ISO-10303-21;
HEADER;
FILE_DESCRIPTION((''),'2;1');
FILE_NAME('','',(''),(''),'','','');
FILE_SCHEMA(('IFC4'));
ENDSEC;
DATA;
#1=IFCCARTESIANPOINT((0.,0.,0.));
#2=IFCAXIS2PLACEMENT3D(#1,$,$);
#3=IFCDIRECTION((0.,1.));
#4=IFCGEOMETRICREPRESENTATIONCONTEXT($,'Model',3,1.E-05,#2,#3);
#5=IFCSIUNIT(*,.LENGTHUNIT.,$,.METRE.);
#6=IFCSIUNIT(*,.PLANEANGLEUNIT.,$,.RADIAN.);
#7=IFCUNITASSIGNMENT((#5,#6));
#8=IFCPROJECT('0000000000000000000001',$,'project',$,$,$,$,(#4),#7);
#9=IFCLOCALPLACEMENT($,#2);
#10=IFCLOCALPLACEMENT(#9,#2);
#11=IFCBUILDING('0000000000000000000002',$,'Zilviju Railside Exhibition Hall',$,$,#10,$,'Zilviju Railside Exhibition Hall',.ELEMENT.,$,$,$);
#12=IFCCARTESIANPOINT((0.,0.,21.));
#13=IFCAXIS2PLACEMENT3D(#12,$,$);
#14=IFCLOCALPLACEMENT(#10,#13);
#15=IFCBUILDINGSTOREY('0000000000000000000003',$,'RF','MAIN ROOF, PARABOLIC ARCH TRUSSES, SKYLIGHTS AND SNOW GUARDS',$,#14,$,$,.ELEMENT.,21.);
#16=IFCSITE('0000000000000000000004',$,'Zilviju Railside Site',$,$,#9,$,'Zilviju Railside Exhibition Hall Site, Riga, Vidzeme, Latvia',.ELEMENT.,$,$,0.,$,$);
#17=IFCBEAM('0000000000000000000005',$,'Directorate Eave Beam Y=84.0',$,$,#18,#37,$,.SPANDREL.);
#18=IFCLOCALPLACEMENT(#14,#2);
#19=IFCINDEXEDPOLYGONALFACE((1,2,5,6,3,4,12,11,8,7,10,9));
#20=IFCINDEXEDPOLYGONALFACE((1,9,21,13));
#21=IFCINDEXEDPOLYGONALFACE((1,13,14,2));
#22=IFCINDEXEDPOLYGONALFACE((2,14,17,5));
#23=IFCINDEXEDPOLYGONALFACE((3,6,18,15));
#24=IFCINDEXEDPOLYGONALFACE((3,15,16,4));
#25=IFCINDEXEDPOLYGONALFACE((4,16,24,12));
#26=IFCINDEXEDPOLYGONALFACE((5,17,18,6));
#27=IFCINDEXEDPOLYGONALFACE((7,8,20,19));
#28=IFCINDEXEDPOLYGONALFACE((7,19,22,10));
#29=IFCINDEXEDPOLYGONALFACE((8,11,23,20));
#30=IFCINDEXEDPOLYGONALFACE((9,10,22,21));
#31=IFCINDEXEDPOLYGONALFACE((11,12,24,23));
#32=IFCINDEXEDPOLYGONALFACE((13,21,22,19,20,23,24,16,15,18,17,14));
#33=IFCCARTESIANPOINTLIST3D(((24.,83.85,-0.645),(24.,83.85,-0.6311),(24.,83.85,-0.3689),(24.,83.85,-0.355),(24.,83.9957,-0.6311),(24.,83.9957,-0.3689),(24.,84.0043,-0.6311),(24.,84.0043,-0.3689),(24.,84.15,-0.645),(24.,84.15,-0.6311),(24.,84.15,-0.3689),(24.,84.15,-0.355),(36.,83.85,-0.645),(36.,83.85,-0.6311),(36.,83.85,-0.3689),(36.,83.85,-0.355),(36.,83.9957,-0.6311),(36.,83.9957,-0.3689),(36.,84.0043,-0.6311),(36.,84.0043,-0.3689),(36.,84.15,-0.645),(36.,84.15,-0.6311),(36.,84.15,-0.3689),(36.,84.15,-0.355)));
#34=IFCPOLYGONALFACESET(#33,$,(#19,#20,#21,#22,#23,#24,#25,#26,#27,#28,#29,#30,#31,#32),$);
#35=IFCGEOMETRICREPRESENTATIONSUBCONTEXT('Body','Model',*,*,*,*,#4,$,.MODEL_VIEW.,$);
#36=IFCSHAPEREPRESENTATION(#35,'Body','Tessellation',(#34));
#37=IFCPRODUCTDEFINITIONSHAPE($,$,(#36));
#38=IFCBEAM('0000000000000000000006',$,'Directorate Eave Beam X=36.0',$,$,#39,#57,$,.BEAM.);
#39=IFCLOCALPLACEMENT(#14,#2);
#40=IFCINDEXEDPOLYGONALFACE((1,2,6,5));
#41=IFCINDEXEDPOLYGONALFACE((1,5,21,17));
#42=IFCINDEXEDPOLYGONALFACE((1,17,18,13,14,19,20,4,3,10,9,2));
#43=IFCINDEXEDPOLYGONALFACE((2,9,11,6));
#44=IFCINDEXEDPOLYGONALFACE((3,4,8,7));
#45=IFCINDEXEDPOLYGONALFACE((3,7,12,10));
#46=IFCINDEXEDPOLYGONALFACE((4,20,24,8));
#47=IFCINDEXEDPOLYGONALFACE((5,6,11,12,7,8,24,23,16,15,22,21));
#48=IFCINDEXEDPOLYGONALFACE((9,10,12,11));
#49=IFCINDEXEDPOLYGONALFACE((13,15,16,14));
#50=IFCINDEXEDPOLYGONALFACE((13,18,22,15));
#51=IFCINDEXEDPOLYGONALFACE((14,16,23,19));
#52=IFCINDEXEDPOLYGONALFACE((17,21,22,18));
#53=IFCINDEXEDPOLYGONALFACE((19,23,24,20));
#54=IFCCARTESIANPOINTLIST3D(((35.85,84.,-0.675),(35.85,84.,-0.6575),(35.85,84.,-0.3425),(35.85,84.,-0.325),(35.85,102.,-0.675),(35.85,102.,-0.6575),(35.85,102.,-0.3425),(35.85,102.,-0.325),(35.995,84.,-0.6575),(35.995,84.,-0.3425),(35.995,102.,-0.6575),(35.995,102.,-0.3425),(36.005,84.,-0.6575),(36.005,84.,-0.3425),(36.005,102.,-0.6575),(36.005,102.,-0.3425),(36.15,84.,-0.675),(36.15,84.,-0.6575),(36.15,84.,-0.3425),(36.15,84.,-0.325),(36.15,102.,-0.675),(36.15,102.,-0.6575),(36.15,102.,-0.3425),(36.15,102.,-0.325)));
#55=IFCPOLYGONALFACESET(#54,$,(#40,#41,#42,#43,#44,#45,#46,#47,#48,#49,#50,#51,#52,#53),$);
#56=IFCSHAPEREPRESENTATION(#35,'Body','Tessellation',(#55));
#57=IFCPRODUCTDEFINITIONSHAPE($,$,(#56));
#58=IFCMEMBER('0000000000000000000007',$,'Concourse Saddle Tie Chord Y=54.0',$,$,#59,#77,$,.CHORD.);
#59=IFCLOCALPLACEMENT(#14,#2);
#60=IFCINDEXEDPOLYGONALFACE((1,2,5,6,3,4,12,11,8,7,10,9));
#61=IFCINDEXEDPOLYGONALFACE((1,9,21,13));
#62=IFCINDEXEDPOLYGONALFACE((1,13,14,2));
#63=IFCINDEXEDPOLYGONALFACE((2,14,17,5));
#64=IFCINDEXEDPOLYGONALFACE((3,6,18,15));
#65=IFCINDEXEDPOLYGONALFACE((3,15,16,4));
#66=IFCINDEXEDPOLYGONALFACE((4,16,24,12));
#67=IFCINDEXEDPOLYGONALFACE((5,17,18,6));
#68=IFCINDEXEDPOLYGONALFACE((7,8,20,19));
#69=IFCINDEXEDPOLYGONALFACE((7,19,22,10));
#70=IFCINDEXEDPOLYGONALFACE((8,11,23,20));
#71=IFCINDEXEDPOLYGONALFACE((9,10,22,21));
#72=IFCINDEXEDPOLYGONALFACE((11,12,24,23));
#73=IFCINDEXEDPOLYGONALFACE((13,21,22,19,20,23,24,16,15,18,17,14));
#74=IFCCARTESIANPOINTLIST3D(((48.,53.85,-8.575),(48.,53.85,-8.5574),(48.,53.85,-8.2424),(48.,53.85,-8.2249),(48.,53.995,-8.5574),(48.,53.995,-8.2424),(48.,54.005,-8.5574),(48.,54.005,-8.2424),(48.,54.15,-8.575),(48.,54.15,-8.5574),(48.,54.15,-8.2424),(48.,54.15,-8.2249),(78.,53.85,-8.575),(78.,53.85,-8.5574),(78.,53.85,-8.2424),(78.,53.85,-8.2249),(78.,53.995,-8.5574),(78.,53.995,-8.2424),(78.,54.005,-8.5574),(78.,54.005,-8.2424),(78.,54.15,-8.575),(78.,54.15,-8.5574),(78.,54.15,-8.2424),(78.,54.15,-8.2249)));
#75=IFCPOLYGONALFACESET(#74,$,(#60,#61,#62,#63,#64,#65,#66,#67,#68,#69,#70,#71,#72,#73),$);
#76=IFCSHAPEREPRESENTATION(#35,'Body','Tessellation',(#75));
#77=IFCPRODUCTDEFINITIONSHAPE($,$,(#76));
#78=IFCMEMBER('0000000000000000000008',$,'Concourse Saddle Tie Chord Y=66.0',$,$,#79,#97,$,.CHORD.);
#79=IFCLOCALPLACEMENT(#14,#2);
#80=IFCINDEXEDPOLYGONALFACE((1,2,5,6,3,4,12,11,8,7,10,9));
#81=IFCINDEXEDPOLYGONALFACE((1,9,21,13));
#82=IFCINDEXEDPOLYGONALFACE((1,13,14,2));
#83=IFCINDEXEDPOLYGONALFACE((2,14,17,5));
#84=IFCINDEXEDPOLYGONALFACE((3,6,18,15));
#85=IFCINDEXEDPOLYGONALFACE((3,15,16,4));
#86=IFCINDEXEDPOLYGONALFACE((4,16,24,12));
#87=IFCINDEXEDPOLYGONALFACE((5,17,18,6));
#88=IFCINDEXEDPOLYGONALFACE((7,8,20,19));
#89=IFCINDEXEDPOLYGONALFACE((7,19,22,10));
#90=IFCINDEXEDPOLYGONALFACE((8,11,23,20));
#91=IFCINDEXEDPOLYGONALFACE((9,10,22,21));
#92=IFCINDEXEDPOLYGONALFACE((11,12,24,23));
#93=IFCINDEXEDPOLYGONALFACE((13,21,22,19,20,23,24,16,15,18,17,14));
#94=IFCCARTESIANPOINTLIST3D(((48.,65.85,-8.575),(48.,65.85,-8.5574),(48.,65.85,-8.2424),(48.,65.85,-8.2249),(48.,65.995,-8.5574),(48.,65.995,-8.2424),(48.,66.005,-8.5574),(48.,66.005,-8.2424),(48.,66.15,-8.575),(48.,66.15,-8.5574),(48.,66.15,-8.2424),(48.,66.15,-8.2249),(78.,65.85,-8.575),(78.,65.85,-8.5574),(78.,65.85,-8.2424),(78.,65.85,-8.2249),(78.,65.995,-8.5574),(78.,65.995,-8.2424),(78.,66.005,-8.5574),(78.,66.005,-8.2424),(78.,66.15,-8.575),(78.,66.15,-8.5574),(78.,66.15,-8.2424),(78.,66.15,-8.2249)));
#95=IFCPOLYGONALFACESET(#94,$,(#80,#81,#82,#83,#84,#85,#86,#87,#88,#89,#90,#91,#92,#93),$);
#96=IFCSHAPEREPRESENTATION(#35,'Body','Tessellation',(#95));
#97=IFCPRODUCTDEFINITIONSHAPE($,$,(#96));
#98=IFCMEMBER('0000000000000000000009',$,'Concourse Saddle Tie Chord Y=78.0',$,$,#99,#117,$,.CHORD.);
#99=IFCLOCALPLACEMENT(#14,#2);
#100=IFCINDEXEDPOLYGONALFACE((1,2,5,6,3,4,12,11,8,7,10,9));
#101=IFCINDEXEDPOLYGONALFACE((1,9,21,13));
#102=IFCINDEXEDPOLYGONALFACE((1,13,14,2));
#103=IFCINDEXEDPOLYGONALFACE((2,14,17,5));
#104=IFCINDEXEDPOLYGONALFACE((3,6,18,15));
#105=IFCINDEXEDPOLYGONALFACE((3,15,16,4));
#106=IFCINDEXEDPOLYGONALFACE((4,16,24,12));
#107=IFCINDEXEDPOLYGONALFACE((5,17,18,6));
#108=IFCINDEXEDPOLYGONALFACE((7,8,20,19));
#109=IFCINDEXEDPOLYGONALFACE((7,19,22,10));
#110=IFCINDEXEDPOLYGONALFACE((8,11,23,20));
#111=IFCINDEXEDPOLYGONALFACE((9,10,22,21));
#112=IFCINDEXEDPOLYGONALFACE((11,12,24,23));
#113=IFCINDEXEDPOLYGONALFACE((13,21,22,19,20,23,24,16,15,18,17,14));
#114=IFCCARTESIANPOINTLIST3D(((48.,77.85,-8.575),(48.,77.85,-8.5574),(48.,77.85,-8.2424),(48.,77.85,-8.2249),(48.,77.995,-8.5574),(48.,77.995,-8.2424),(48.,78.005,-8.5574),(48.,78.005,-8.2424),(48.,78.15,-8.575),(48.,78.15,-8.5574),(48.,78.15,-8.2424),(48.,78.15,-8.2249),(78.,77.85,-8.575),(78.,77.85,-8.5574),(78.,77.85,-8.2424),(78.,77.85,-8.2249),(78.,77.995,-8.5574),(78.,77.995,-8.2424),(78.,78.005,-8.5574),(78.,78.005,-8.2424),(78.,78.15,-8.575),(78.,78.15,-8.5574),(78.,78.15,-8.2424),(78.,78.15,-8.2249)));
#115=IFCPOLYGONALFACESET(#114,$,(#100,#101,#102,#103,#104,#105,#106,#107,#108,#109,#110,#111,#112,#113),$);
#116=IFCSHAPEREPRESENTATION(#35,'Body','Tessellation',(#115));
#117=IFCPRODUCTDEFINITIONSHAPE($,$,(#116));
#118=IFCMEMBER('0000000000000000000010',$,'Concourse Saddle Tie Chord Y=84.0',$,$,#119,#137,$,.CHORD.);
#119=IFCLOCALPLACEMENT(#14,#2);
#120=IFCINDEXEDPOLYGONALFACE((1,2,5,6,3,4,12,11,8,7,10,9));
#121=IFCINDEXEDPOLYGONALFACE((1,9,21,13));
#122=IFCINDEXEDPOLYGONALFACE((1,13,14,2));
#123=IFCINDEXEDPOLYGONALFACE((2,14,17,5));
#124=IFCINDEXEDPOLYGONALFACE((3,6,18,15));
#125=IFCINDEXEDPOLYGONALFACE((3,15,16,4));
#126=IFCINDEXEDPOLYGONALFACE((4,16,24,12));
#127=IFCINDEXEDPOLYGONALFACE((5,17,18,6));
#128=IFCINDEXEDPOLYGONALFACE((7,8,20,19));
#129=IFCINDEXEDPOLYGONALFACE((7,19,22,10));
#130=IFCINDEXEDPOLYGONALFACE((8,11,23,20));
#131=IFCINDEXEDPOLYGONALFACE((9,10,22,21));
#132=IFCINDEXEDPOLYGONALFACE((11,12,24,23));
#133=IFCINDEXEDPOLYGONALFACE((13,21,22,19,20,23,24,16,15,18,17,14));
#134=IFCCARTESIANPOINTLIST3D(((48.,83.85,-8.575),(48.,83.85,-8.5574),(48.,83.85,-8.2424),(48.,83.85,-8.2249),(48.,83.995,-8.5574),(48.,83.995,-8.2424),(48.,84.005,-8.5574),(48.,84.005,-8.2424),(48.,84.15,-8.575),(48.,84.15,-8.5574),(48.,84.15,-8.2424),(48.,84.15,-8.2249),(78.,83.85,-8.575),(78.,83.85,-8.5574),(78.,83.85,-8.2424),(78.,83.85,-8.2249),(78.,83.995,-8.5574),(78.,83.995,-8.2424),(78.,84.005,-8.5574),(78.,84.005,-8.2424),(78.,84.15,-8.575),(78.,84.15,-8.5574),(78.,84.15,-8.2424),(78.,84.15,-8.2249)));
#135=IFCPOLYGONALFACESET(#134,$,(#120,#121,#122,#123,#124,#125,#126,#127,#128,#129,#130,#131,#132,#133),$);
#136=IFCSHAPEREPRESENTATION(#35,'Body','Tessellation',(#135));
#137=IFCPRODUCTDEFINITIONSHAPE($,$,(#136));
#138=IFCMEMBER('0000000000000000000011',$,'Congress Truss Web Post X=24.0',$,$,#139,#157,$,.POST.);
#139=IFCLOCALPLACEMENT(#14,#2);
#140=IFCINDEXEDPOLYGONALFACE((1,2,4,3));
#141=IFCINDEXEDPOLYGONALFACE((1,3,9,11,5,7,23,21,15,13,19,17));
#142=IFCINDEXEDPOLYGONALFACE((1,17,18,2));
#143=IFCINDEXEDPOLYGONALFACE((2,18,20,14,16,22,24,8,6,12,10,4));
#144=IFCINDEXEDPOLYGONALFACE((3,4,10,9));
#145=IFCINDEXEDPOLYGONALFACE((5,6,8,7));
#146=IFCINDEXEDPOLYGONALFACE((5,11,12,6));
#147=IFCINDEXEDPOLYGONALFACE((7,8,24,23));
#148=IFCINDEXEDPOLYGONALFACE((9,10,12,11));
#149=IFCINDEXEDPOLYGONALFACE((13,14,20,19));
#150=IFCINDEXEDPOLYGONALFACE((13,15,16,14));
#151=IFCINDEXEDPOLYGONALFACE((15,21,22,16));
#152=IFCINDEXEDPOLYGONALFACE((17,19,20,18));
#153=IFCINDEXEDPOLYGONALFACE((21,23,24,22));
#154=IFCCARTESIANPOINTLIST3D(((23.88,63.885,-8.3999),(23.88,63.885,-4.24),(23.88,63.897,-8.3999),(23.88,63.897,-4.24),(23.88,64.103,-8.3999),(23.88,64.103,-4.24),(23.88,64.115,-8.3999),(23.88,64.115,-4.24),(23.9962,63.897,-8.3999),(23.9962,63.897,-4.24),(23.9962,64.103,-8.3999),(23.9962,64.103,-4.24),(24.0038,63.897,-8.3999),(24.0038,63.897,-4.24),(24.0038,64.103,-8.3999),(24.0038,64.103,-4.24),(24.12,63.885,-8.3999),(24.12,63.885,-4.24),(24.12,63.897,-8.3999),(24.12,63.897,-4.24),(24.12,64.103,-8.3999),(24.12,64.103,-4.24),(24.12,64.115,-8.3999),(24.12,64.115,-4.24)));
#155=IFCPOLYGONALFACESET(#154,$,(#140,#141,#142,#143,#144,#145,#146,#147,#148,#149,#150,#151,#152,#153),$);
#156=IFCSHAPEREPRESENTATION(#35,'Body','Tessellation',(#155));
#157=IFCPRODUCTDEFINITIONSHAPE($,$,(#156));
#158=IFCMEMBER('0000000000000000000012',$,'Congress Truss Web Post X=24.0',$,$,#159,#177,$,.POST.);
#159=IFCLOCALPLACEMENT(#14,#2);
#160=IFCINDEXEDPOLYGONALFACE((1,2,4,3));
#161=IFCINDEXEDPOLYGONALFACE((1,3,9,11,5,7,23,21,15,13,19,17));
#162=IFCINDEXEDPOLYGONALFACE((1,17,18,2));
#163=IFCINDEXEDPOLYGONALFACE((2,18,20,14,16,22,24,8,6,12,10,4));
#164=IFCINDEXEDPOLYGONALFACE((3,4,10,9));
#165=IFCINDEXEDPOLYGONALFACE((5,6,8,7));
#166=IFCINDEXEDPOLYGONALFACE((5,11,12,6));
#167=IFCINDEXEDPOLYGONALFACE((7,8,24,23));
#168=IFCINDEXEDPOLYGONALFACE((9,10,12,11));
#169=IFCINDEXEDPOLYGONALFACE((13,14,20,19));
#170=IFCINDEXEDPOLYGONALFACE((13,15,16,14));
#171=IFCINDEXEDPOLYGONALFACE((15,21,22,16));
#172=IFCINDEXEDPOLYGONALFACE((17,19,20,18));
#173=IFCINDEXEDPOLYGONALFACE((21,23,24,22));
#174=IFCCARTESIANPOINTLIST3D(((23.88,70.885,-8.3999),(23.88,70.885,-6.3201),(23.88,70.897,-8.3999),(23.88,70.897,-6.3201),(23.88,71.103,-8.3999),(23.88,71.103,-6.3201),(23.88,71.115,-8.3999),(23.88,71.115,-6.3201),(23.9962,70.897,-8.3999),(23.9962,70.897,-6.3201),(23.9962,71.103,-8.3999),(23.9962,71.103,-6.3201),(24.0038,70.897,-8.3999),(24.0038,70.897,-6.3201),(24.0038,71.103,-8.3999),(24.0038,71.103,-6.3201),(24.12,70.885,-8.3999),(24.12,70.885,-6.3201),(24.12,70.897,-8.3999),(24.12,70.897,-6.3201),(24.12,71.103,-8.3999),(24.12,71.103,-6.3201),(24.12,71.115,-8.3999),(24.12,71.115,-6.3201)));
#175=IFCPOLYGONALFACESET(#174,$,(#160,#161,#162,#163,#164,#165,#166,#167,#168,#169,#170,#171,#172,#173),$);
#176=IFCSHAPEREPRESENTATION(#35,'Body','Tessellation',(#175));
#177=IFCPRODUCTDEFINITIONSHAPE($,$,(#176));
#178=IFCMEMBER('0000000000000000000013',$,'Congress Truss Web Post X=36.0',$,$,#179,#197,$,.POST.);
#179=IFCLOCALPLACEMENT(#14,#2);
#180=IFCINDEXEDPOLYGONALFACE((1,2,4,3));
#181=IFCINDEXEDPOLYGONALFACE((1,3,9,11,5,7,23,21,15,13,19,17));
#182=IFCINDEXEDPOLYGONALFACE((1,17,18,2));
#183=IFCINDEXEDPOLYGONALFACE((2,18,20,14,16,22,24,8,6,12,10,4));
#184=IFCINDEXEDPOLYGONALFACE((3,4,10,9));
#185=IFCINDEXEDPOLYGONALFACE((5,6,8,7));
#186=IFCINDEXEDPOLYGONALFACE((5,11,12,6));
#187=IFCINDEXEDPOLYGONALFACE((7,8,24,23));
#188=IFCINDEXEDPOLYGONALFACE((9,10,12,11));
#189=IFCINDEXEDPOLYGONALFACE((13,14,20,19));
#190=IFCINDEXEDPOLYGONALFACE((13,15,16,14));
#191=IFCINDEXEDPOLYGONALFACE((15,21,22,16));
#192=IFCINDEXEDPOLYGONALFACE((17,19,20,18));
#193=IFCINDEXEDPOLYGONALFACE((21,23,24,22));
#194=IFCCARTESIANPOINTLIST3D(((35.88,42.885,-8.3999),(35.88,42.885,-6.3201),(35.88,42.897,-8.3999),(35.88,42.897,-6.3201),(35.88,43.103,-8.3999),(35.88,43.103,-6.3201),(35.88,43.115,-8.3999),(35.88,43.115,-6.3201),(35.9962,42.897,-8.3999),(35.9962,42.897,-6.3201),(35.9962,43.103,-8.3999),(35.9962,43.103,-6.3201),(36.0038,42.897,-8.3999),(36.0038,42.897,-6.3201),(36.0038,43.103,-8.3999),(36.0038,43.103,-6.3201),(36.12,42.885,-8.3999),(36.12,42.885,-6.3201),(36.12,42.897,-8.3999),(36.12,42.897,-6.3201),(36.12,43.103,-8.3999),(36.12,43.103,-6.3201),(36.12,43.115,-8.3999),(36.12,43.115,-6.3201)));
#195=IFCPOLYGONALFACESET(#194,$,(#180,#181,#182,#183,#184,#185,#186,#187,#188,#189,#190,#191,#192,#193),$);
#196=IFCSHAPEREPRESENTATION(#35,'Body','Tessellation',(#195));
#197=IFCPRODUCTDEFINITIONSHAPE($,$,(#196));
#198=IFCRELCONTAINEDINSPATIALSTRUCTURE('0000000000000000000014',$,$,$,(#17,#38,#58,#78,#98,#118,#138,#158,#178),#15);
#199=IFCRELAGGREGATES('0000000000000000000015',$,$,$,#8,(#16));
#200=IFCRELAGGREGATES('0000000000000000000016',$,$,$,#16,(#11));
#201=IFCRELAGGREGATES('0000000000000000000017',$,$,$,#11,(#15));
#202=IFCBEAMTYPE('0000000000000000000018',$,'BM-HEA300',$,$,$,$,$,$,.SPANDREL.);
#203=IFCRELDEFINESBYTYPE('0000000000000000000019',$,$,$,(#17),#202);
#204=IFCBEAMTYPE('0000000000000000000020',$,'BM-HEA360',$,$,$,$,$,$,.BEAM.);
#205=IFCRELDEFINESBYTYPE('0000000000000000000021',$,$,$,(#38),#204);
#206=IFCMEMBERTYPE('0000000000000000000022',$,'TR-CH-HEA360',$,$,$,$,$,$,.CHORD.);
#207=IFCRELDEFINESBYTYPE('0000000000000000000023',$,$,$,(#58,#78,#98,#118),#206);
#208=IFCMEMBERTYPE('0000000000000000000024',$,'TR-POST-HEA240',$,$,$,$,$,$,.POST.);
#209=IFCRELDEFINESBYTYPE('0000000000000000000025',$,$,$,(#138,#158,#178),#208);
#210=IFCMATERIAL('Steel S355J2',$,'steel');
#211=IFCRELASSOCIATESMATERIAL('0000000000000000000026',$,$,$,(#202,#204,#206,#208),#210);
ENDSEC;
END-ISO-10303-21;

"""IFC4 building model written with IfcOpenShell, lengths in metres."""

from ifc_helpers import new_model, si_unit, direction, frame, origin, origin_2d, place, context, subcontext, project, spatial, i_section, extrude, material, material_profile, profile_set, type_object, element, save


model = new_model("IFC4")

# Units and contexts
model_context = context("Model", 3, precision=1e-05, world=origin(), true_north=direction((0.0, 1.0)))
body_context = subcontext(model_context, "Body", "Model", "MODEL_VIEW")
ifc_project = project(units=[si_unit("LENGTHUNIT", "METRE"), si_unit("PLANEANGLEUNIT", "RADIAN")], contexts=[model_context])

# Site, building, storey
site_placement = place(None, origin())
site = spatial("IfcSite", under=ifc_project, at=site_placement, Name="Zilviju Railside Site", LongName="Zilviju Railside Exhibition Hall Site, Riga, Vidzeme, Latvia", CompositionType="ELEMENT", RefElevation=0.0)
building_placement = place(site_placement, origin())
building = spatial("IfcBuilding", under=site, at=building_placement, Name="Zilviju Railside Exhibition Hall", LongName="Zilviju Railside Exhibition Hall", CompositionType="ELEMENT")
storey_placement = place(building_placement, frame((0.0, 0.0, 21.0)))
storey = spatial("IfcBuildingStorey", under=building, at=storey_placement, Name="RF", Description="MAIN ROOF, PARABOLIC ARCH TRUSSES, SKYLIGHTS AND SNOW GUARDS", CompositionType="ELEMENT", Elevation=21.0)

# Beams
ifc_material_1 = material(Name="Steel S355J2", Category="steel")
ifc_material_profile_1 = material_profile(ifc_material_1, i_section(OverallWidth=0.3, OverallDepth=0.29, WebThickness=0.0085, FlangeThickness=0.0139, at=origin_2d()), Name="HEA 300")
ifc_profile_set_1 = profile_set([ifc_material_profile_1], Name="Steel S355J2")
beam_type_1 = type_object("IfcBeamType", Name="BM-HEA300", PredefinedType="SPANDREL", material=ifc_profile_set_1)
beam_1_placement = place(storey_placement, frame((24.0, 84.0, -0.5), z_axis=(1.0, 0.0, 0.0), x_axis=(0.0, 1.0, 0.0)))
element("IfcBeam", 1, at=beam_1_placement, inside=storey, type_object=beam_type_1, Name="Directorate Eave Beam Y=84.0", PredefinedType="SPANDREL", context=body_context, shape_type="SweptSolid", body=[
    extrude(i_section(OverallWidth=0.3, OverallDepth=0.29, WebThickness=0.0085, FlangeThickness=0.0139, at=origin_2d()), origin(), (0.0, 0.0, 1.0), 12.0),
])
ifc_material_profile_2 = material_profile(ifc_material_1, i_section(OverallWidth=0.3, OverallDepth=0.3501, WebThickness=0.01, FlangeThickness=0.0176, at=origin_2d()), Name="HEA 360")
ifc_profile_set_2 = profile_set([ifc_material_profile_2], Name="Steel S355J2")
beam_type_2 = type_object("IfcBeamType", Name="BM-HEA360", PredefinedType="BEAM", material=ifc_profile_set_2)
beam_2_placement = place(storey_placement, frame((36.0, 84.0, -0.5), z_axis=(0.0, 1.0, 0.0), x_axis=(-1.0, 0.0, 0.0)))
element("IfcBeam", 2, at=beam_2_placement, inside=storey, type_object=beam_type_2, Name="Directorate Eave Beam X=36.0", PredefinedType="BEAM", context=body_context, shape_type="SweptSolid", body=[
    extrude(i_section(OverallWidth=0.3, OverallDepth=0.3501, WebThickness=0.01, FlangeThickness=0.0176, at=origin_2d()), origin(), (0.0, 0.0, 1.0), 18.0),
])

# Members
ifc_material_profile_3 = material_profile(ifc_material_1, i_section(OverallWidth=0.3, OverallDepth=0.3501, WebThickness=0.01, FlangeThickness=0.0176, at=origin_2d()), Name="HEA 360")
ifc_profile_set_3 = profile_set([ifc_material_profile_3], Name="Steel S355J2")
member_type_1 = type_object("IfcMemberType", Name="TR-CH-HEA360", PredefinedType="CHORD", material=ifc_profile_set_3)
for number, where, z_axis, x_axis, name in (
    (3, (48.0, 54.0, -8.3999), (1.0, 0.0, 0.0), (0.0, 1.0, 0.0), "Concourse Saddle Tie Chord Y=54.0"),
    (4, (48.0, 66.0, -8.3999), (1.0, 0.0, 0.0), (0.0, 1.0, 0.0), "Concourse Saddle Tie Chord Y=66.0"),
    (5, (48.0, 78.0, -8.3999), (1.0, 0.0, 0.0), (0.0, 1.0, 0.0), "Concourse Saddle Tie Chord Y=78.0"),
    (6, (48.0, 84.0, -8.3999), (1.0, 0.0, 0.0), (0.0, 1.0, 0.0), "Concourse Saddle Tie Chord Y=84.0"),
):
    element("IfcMember", number, at=place(storey_placement, frame(where, z_axis=z_axis, x_axis=x_axis)), inside=storey, type_object=member_type_1, Name=name, PredefinedType="CHORD", context=body_context, shape_type="SweptSolid", body=[
        extrude(i_section(OverallWidth=0.3, OverallDepth=0.3501, WebThickness=0.01, FlangeThickness=0.0176, at=origin_2d()), origin(), (0.0, 0.0, 1.0), 30.0),
    ])
ifc_material_profile_4 = material_profile(ifc_material_1, i_section(OverallWidth=0.24, OverallDepth=0.23, WebThickness=0.0076, FlangeThickness=0.012, at=origin_2d()), Name="HEA 240")
ifc_profile_set_4 = profile_set([ifc_material_profile_4], Name="Steel S355J2")
member_type_2 = type_object("IfcMemberType", Name="TR-POST-HEA240", PredefinedType="POST", material=ifc_profile_set_4)
member_1_placement = place(storey_placement, frame((24.0, 64.0, -8.3999), z_axis=(0.0, 0.0, 1.0), x_axis=(1.0, 0.0, 0.0)))
element("IfcMember", 7, at=member_1_placement, inside=storey, type_object=member_type_2, Name="Congress Truss Web Post X=24.0", PredefinedType="POST", context=body_context, shape_type="SweptSolid", body=[
    extrude(i_section(OverallWidth=0.24, OverallDepth=0.23, WebThickness=0.0076, FlangeThickness=0.012, at=origin_2d()), origin(), (0.0, 0.0, 1.0), 4.1599),
])
for number, where, z_axis, x_axis, name in (
    (8, (24.0, 71.0, -8.3999), (0.0, 0.0, 1.0), (1.0, 0.0, 0.0), "Congress Truss Web Post X=24.0"),
    (9, (36.0, 43.0, -8.3999), (0.0, 0.0, 1.0), (1.0, 0.0, 0.0), "Congress Truss Web Post X=36.0"),
):
    element("IfcMember", number, at=place(storey_placement, frame(where, z_axis=z_axis, x_axis=x_axis)), inside=storey, type_object=member_type_2, Name=name, PredefinedType="POST", context=body_context, shape_type="SweptSolid", body=[
        extrude(i_section(OverallWidth=0.24, OverallDepth=0.23, WebThickness=0.0076, FlangeThickness=0.012, at=origin_2d()), origin(), (0.0, 0.0, 1.0), 2.0798),
    ])

save(model, "model.ifc")
